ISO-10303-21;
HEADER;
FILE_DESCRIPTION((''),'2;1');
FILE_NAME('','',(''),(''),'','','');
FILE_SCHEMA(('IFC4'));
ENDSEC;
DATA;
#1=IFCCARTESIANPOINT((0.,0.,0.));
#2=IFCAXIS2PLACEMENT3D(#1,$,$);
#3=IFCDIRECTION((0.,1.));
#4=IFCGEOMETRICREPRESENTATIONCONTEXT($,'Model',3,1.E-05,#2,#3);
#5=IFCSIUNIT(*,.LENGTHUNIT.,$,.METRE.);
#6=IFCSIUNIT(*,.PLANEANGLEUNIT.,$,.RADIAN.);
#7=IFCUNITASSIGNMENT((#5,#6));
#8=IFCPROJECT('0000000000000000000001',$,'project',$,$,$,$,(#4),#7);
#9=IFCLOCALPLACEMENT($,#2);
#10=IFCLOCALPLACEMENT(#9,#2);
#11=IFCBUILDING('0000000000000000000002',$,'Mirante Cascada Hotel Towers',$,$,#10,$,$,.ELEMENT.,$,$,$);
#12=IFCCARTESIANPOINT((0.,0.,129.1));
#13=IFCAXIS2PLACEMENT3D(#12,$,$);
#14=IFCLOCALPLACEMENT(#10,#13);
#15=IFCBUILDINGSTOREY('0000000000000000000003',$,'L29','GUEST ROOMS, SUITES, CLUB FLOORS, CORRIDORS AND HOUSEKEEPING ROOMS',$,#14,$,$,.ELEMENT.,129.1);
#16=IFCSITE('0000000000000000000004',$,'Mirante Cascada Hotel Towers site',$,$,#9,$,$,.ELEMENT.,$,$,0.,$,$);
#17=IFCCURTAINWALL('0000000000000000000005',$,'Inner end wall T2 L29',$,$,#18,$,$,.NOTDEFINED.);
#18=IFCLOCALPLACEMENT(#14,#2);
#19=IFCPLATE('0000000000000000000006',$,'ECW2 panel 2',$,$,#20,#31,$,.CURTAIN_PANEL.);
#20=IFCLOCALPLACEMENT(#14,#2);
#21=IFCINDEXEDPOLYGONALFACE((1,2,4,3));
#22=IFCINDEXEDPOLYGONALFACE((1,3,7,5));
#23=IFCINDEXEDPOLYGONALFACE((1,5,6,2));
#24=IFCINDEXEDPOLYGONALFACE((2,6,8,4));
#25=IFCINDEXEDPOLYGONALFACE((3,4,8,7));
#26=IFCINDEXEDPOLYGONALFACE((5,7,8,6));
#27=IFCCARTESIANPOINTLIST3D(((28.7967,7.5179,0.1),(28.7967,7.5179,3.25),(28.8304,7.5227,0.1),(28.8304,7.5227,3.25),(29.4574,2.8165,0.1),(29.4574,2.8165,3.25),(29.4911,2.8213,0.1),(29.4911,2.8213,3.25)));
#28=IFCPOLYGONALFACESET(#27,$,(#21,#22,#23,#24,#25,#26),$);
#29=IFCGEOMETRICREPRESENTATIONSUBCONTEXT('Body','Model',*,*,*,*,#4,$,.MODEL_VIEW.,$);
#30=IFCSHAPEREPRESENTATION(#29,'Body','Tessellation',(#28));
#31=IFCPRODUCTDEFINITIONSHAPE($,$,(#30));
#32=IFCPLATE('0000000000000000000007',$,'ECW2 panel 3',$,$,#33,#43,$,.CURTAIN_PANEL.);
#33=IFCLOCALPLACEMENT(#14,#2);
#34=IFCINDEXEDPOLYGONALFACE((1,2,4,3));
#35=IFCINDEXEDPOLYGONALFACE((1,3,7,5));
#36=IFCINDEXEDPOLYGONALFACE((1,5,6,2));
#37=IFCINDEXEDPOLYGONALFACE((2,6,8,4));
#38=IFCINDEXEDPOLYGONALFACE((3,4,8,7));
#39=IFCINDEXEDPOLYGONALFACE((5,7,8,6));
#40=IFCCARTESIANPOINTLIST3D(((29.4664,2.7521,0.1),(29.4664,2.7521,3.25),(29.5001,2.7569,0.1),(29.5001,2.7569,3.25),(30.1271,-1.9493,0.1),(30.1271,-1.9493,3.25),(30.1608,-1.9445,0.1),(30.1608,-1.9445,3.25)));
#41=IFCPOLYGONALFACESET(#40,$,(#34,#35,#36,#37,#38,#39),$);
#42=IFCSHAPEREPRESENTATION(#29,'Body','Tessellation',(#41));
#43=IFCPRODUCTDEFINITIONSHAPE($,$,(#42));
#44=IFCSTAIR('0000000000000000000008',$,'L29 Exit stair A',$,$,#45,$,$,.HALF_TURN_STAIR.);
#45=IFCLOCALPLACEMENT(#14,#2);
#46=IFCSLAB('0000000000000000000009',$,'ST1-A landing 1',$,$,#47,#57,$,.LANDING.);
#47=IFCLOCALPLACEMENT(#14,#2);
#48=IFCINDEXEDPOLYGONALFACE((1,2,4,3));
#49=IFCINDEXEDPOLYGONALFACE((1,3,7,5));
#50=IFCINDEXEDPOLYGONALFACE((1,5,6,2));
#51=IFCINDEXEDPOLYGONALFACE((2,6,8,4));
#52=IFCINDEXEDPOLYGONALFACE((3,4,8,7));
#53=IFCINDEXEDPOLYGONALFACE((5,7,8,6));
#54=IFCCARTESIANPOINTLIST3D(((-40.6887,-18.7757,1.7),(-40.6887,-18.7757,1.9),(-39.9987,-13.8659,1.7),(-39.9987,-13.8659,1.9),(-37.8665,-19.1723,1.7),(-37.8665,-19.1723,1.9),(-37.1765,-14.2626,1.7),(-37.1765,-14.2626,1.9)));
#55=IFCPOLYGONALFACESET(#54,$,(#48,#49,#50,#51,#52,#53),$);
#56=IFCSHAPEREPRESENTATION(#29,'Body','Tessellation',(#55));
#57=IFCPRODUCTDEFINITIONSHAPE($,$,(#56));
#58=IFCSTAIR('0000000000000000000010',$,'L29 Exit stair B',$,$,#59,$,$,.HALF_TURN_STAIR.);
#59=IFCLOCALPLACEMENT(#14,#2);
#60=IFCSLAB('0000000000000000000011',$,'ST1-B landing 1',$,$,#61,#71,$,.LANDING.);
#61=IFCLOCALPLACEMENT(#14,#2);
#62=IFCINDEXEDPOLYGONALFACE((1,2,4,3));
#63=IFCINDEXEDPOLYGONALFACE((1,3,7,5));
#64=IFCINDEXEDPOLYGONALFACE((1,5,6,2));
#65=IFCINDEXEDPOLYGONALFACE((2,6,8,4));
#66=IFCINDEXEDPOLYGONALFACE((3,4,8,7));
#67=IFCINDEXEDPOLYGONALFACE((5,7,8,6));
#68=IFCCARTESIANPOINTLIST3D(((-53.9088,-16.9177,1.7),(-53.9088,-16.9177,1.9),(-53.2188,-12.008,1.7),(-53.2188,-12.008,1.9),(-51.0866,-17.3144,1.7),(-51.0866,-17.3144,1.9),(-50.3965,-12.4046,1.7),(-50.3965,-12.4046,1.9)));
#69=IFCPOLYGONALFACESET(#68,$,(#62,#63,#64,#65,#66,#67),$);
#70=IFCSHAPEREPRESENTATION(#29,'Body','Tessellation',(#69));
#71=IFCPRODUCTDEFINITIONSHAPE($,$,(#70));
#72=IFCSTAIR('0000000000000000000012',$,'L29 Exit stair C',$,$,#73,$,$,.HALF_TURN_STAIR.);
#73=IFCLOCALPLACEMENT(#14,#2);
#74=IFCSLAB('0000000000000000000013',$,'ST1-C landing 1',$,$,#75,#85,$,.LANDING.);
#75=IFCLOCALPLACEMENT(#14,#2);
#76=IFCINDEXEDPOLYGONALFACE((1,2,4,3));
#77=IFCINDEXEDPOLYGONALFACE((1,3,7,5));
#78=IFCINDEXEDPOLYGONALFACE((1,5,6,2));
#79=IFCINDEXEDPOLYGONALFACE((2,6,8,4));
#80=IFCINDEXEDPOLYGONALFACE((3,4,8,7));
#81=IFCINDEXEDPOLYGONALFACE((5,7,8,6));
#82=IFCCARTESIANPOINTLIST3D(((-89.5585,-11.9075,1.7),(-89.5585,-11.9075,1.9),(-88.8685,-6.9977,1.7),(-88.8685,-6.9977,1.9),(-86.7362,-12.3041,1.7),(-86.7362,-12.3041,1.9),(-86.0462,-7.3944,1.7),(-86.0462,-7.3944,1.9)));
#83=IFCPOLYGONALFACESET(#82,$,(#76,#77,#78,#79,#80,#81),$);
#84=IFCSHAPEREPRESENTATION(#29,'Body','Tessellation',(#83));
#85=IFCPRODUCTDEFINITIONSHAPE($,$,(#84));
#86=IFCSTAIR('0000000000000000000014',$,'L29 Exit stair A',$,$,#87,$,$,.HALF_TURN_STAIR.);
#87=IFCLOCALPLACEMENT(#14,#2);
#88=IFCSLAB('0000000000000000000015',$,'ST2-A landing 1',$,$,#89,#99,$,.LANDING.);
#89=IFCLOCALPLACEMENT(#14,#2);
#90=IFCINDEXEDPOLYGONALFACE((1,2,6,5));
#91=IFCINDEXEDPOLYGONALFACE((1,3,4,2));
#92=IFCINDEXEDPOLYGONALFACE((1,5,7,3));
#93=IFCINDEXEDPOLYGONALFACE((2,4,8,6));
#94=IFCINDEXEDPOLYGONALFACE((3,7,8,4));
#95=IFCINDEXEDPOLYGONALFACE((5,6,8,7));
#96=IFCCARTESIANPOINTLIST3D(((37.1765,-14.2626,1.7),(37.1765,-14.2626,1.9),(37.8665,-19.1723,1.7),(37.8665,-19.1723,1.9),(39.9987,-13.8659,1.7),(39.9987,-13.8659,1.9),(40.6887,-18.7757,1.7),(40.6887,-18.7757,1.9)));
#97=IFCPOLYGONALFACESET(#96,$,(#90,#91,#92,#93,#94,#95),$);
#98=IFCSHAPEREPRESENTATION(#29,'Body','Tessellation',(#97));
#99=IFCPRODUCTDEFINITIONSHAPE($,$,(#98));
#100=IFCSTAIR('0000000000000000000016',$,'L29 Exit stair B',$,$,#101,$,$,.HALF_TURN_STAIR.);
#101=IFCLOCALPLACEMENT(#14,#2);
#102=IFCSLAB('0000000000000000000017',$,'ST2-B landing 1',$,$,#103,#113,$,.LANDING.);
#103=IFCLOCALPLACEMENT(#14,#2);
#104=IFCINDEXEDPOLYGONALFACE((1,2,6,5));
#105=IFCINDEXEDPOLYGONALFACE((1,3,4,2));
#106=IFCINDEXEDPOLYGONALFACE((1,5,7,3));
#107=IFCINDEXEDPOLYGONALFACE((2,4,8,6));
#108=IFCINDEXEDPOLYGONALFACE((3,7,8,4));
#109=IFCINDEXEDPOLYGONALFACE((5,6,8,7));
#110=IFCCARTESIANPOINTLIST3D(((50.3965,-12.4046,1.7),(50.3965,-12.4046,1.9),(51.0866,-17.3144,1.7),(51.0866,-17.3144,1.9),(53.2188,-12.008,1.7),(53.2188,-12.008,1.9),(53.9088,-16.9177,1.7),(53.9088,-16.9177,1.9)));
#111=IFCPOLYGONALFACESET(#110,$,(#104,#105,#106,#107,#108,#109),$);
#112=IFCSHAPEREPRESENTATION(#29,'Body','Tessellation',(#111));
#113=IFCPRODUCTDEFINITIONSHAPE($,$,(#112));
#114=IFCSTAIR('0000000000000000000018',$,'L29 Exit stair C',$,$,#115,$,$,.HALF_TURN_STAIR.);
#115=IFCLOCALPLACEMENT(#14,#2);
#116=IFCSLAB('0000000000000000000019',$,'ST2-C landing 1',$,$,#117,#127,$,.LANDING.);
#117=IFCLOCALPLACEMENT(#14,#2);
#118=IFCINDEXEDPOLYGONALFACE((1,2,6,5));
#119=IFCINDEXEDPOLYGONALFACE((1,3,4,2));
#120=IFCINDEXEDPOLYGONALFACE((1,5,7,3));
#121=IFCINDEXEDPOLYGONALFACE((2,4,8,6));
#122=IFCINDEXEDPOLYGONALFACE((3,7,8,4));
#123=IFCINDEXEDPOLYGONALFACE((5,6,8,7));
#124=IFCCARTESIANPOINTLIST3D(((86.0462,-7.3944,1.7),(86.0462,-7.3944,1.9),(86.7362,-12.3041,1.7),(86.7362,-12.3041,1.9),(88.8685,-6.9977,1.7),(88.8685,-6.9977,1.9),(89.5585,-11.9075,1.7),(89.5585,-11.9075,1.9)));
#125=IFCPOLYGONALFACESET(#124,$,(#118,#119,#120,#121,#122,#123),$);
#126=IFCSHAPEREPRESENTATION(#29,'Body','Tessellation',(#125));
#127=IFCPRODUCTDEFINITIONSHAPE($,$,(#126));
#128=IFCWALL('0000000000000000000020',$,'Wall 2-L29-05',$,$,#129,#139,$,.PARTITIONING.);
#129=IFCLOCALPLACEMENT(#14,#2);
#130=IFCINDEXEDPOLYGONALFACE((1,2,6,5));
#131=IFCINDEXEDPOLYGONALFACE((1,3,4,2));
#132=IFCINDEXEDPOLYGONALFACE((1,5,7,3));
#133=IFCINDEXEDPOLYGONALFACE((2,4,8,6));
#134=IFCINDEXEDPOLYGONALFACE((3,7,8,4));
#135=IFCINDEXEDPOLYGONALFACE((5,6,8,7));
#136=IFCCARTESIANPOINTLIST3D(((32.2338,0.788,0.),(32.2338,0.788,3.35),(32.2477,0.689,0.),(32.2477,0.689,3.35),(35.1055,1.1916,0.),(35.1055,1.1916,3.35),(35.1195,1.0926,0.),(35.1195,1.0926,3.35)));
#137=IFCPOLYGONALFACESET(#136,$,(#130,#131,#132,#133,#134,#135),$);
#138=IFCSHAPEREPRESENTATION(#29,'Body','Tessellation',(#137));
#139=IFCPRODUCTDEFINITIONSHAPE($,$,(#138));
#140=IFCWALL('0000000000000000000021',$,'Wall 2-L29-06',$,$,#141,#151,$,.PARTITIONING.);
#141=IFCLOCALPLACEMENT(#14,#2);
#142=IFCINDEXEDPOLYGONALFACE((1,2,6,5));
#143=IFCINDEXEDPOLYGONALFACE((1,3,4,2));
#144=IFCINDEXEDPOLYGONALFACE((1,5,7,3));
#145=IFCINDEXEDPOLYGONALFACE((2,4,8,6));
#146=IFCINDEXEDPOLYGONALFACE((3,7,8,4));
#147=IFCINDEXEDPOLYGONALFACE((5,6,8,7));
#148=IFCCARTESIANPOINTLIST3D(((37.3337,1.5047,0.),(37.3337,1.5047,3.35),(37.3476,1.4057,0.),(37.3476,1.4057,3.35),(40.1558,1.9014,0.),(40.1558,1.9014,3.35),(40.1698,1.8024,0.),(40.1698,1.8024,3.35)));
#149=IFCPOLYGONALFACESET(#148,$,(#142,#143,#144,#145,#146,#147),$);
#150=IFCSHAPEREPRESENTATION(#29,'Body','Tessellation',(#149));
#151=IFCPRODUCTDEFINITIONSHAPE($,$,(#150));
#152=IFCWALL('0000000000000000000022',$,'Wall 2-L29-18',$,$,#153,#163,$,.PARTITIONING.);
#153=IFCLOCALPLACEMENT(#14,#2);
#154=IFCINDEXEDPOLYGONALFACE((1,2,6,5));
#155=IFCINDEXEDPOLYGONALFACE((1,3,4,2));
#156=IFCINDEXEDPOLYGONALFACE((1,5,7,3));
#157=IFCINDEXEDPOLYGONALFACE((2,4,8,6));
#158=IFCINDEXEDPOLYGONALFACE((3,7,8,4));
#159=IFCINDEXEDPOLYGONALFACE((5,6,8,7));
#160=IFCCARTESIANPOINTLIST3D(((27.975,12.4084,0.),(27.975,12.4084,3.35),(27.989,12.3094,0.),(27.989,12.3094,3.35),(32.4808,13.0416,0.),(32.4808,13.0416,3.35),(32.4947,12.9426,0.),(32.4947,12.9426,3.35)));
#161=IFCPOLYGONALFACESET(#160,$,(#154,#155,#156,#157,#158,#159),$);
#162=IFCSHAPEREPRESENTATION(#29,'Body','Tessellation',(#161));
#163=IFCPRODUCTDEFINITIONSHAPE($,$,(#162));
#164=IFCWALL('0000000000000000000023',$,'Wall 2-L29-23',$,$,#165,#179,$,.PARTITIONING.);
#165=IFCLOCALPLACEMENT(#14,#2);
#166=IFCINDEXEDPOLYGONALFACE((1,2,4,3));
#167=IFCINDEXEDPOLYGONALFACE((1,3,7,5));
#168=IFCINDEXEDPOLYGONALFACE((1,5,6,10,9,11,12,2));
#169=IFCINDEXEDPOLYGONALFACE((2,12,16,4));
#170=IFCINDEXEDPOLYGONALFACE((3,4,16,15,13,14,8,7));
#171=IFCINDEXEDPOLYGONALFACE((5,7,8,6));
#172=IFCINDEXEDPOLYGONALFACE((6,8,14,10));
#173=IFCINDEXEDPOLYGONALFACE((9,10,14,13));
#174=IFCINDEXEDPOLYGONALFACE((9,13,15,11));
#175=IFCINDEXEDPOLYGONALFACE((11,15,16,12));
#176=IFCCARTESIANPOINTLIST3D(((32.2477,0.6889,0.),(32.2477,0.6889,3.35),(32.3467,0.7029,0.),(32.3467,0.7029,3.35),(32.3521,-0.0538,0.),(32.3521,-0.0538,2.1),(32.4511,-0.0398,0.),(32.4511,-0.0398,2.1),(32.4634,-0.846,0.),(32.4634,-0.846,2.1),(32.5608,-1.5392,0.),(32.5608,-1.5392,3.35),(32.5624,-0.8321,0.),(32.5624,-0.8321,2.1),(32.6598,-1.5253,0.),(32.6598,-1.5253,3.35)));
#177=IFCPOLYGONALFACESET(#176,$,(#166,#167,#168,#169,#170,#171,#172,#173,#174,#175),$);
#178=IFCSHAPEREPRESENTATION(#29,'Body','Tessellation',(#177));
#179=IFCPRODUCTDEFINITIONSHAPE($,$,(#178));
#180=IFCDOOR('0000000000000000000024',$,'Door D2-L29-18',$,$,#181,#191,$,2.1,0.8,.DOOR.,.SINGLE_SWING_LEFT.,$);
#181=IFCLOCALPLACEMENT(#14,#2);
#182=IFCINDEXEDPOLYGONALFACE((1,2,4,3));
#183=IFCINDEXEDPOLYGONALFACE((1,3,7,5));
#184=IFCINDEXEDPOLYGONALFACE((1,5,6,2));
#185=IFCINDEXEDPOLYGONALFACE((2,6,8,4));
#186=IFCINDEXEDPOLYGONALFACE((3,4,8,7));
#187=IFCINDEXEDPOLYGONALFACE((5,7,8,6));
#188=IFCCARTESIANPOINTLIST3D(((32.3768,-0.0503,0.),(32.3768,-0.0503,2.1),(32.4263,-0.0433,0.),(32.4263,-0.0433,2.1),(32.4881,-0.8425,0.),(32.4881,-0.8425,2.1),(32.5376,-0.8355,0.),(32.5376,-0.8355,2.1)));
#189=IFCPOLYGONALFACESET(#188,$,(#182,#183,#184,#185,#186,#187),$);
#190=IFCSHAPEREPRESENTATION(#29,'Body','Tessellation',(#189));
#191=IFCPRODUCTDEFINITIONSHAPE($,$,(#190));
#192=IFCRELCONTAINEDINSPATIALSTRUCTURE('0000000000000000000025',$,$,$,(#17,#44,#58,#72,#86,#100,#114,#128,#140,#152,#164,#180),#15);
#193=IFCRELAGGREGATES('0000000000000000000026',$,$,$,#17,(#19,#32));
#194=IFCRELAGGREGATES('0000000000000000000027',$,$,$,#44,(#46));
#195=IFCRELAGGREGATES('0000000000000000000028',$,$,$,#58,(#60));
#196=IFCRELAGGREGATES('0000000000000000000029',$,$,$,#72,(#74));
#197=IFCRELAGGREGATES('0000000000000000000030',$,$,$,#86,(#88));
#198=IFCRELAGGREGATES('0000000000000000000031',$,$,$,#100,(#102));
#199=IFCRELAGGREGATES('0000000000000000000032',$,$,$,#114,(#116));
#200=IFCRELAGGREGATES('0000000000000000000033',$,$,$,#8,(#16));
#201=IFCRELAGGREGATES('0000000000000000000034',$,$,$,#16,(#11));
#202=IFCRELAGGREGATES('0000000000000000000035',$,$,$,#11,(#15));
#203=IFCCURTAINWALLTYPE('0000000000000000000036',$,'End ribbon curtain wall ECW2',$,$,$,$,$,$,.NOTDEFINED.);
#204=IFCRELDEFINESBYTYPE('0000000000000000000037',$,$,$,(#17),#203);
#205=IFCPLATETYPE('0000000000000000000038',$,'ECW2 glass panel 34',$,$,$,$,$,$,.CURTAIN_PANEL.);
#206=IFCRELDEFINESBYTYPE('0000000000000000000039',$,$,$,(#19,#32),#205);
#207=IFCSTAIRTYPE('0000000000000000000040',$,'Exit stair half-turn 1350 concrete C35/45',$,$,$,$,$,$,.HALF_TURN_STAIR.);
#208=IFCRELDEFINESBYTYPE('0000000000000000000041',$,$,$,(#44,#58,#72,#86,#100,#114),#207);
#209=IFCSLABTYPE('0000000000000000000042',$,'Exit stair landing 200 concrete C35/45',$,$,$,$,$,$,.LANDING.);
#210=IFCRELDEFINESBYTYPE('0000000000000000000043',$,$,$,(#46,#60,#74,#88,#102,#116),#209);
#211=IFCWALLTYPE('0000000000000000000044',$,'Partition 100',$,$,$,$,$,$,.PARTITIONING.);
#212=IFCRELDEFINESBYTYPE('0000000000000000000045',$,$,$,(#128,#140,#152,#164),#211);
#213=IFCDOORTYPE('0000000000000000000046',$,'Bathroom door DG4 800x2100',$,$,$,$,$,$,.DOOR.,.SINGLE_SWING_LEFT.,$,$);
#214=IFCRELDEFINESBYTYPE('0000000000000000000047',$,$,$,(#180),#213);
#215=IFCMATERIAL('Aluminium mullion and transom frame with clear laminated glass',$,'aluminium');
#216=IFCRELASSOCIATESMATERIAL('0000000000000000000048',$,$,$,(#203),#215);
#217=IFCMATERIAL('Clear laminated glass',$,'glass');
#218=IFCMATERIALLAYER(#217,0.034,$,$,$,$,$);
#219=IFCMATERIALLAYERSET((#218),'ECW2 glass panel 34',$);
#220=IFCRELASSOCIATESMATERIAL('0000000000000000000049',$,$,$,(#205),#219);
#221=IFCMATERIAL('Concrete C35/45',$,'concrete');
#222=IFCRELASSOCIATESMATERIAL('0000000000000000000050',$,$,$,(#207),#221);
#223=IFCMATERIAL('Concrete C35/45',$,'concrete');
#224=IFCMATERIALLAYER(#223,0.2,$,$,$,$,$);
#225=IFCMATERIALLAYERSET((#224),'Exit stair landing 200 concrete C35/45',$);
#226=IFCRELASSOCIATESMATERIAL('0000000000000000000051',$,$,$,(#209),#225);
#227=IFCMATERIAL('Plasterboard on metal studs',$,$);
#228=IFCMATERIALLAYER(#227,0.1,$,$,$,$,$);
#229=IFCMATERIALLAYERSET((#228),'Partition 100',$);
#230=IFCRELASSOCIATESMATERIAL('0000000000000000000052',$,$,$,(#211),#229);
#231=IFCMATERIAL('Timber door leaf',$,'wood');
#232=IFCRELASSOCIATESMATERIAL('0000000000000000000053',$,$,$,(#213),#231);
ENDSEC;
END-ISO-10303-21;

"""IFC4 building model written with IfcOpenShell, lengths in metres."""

from ifc_helpers import new_model, si_unit, direction, frame, frame_2d, origin, origin_2d, place, context, subcontext, project, spatial, polyline, rectangle, outline, extrude, material, layer, layer_set, type_object, element, fill, aggregate, save


model = new_model("IFC4")

# Units and contexts
model_context = context("Model", 3, precision=1e-05, world=origin(), true_north=direction((0.0, 1.0)))
body_context = subcontext(model_context, "Body", "Model", "MODEL_VIEW")
ifc_project = project(units=[si_unit("LENGTHUNIT", "METRE"), si_unit("PLANEANGLEUNIT", "RADIAN")], contexts=[model_context])

# Site, building, storey
site_placement = place(None, origin())
site = spatial("IfcSite", under=ifc_project, at=site_placement, Name="Mirante Cascada Hotel Towers site", CompositionType="ELEMENT", RefElevation=0.0)
building_placement = place(site_placement, origin())
building = spatial("IfcBuilding", under=site, at=building_placement, Name="Mirante Cascada Hotel Towers", CompositionType="ELEMENT")
storey_placement = place(building_placement, frame((0.0, 0.0, 129.1)))
storey = spatial("IfcBuildingStorey", under=building, at=storey_placement, Name="L29", Description="GUEST ROOMS, SUITES, CLUB FLOORS, CORRIDORS AND HOUSEKEEPING ROOMS", CompositionType="ELEMENT", Elevation=129.1)

# Curtain wall
ifc_material_1 = material(Name="Aluminium mullion and transom frame with clear laminated glass", Category="aluminium")
curtain_wall_type_1 = type_object("IfcCurtainWallType", Name="End ribbon curtain wall ECW2", PredefinedType="NOTDEFINED", material=ifc_material_1)
curtain_wall_1_placement = place(storey_placement, origin())
curtain_wall_1 = element("IfcCurtainWall", 1, at=curtain_wall_1_placement, inside=storey, type_object=curtain_wall_type_1, Name="Inner end wall T2 L29", PredefinedType="NOTDEFINED")

# Plates
ifc_material_2 = material(Name="Clear laminated glass", Category="glass")
ifc_layer_1 = layer(ifc_material_2, 0.034)
ifc_layer_set_1 = layer_set([ifc_layer_1], Name="ECW2 glass panel 34")
plate_type_1 = type_object("IfcPlateType", Name="ECW2 glass panel 34", PredefinedType="CURTAIN_PANEL", material=ifc_layer_set_1)
plate_1_placement = place(storey_placement, frame((29.1439, 5.1696, 0.1), z_axis=(0.0, 0.0, 1.0), x_axis=(0.139173, -0.990268, 0.0)))
plate_1 = element("IfcPlate", 2, at=plate_1_placement, type_object=plate_type_1, Name="ECW2 panel 2", PredefinedType="CURTAIN_PANEL", context=body_context, shape_type="SweptSolid", body=[
    extrude(rectangle(XDim=4.7476, YDim=0.034, at=origin_2d()), origin(), (0.0, 0.0, 1.0), 3.15),
])
plate_2_placement = place(storey_placement, frame((29.8136, 0.4038, 0.1), z_axis=(0.0, 0.0, 1.0), x_axis=(0.139173, -0.990268, 0.0)))
plate_2 = element("IfcPlate", 3, at=plate_2_placement, type_object=plate_type_1, Name="ECW2 panel 3", PredefinedType="CURTAIN_PANEL", context=body_context, shape_type="SweptSolid", body=[
    extrude(rectangle(XDim=4.7476, YDim=0.034, at=origin_2d()), origin(), (0.0, 0.0, 1.0), 3.15),
])
aggregate(curtain_wall_1, [plate_1, plate_2])

# Stairs, slabs
ifc_material_3 = material(Name="Concrete C35/45", Category="concrete")
stair_type = type_object("IfcStairType", Name="Exit stair half-turn 1350 concrete C35/45", PredefinedType="HALF_TURN_STAIR", material=ifc_material_3)
stair_1_placement = place(storey_placement, origin())
stair_1 = element("IfcStair", 4, at=stair_1_placement, inside=storey, type_object=stair_type, Name="L29 Exit stair A", PredefinedType="HALF_TURN_STAIR")
ifc_material_4 = material(Name="Concrete C35/45", Category="concrete")
ifc_layer_2 = layer(ifc_material_4, 0.2)
ifc_layer_set_2 = layer_set([ifc_layer_2], Name="Exit stair landing 200 concrete C35/45")
slab_type = type_object("IfcSlabType", Name="Exit stair landing 200 concrete C35/45", PredefinedType="LANDING", material=ifc_layer_set_2)
slab_1_placement = place(storey_placement, frame((0.0, 0.0, 1.7)))
slab_1 = element("IfcSlab", 5, at=slab_1_placement, type_object=slab_type, Name="ST1-A landing 1", PredefinedType="LANDING", context=body_context, shape_type="SweptSolid", body=[
    extrude(outline(polyline([(-39.9987, -13.8659), (-40.6887, -18.7757), (-37.8665, -19.1723), (-37.1765, -14.2626), (-39.9987, -13.8659)])), origin(), (0.0, 0.0, 1.0), 0.2),
])
aggregate(stair_1, [slab_1])
stair_2_placement = place(storey_placement, origin())
stair_2 = element("IfcStair", 6, at=stair_2_placement, inside=storey, type_object=stair_type, Name="L29 Exit stair B", PredefinedType="HALF_TURN_STAIR")
slab_2_placement = place(storey_placement, frame((0.0, 0.0, 1.7)))
slab_2 = element("IfcSlab", 7, at=slab_2_placement, type_object=slab_type, Name="ST1-B landing 1", PredefinedType="LANDING", context=body_context, shape_type="SweptSolid", body=[
    extrude(outline(polyline([(-53.2188, -12.008), (-53.9088, -16.9177), (-51.0866, -17.3144), (-50.3965, -12.4046), (-53.2188, -12.008)])), origin(), (0.0, 0.0, 1.0), 0.2),
])
aggregate(stair_2, [slab_2])
stair_3_placement = place(storey_placement, origin())
stair_3 = element("IfcStair", 8, at=stair_3_placement, inside=storey, type_object=stair_type, Name="L29 Exit stair C", PredefinedType="HALF_TURN_STAIR")
slab_3_placement = place(storey_placement, frame((0.0, 0.0, 1.7)))
slab_3 = element("IfcSlab", 9, at=slab_3_placement, type_object=slab_type, Name="ST1-C landing 1", PredefinedType="LANDING", context=body_context, shape_type="SweptSolid", body=[
    extrude(outline(polyline([(-88.8685, -6.9977), (-89.5585, -11.9075), (-86.7362, -12.3041), (-86.0462, -7.3944), (-88.8685, -6.9977)])), origin(), (0.0, 0.0, 1.0), 0.2),
])
aggregate(stair_3, [slab_3])
stair_4_placement = place(storey_placement, origin())
stair_4 = element("IfcStair", 10, at=stair_4_placement, inside=storey, type_object=stair_type, Name="L29 Exit stair A", PredefinedType="HALF_TURN_STAIR")
slab_4_placement = place(storey_placement, frame((0.0, 0.0, 1.7)))
slab_4 = element("IfcSlab", 11, at=slab_4_placement, type_object=slab_type, Name="ST2-A landing 1", PredefinedType="LANDING", context=body_context, shape_type="SweptSolid", body=[
    extrude(outline(polyline([(37.1765, -14.2626), (37.8665, -19.1723), (40.6887, -18.7757), (39.9987, -13.8659), (37.1765, -14.2626)])), origin(), (0.0, 0.0, 1.0), 0.2),
])
aggregate(stair_4, [slab_4])
stair_5_placement = place(storey_placement, origin())
stair_5 = element("IfcStair", 12, at=stair_5_placement, inside=storey, type_object=stair_type, Name="L29 Exit stair B", PredefinedType="HALF_TURN_STAIR")
slab_5_placement = place(storey_placement, frame((0.0, 0.0, 1.7)))
slab_5 = element("IfcSlab", 13, at=slab_5_placement, type_object=slab_type, Name="ST2-B landing 1", PredefinedType="LANDING", context=body_context, shape_type="SweptSolid", body=[
    extrude(outline(polyline([(50.3965, -12.4046), (51.0866, -17.3144), (53.9088, -16.9177), (53.2188, -12.008), (50.3965, -12.4046)])), origin(), (0.0, 0.0, 1.0), 0.2),
])
aggregate(stair_5, [slab_5])
stair_6_placement = place(storey_placement, origin())
stair_6 = element("IfcStair", 14, at=stair_6_placement, inside=storey, type_object=stair_type, Name="L29 Exit stair C", PredefinedType="HALF_TURN_STAIR")
slab_6_placement = place(storey_placement, frame((0.0, 0.0, 1.7)))
slab_6 = element("IfcSlab", 15, at=slab_6_placement, type_object=slab_type, Name="ST2-C landing 1", PredefinedType="LANDING", context=body_context, shape_type="SweptSolid", body=[
    extrude(outline(polyline([(86.0462, -7.3944), (86.7362, -12.3041), (89.5585, -11.9075), (88.8685, -6.9977), (86.0462, -7.3944)])), origin(), (0.0, 0.0, 1.0), 0.2),
])
aggregate(stair_6, [slab_6])

# Walls
ifc_material_5 = material(Name="Plasterboard on metal studs")
ifc_layer_3 = layer(ifc_material_5, 0.1)
ifc_layer_set_3 = layer_set([ifc_layer_3], Name="Partition 100")
wall_type_1 = type_object("IfcWallType", Name="Partition 100", PredefinedType="PARTITIONING", material=ifc_layer_set_3)
wall_1_placement = place(storey_placement, frame((35.1125, 1.1421, 0.0), z_axis=(0.0, 0.0, 1.0), x_axis=(-0.990268, -0.139171, 0.0)))
element("IfcWall", 16, at=wall_1_placement, inside=storey, type_object=wall_type_1, Name="Wall 2-L29-05", PredefinedType="PARTITIONING", context=body_context, shape_type="SweptSolid", body=[
    extrude(rectangle(XDim=2.9, YDim=0.1, at=frame_2d((1.45, 0.0))), origin(), (0.0, 0.0, 1.0), 3.35),
])
wall_2_placement = place(storey_placement, frame((37.3406, 1.4552, 0.0), z_axis=(0.0, 0.0, 1.0), x_axis=(0.990265, 0.139196, 0.0)))
element("IfcWall", 17, at=wall_2_placement, inside=storey, type_object=wall_type_1, Name="Wall 2-L29-06", PredefinedType="PARTITIONING", context=body_context, shape_type="SweptSolid", body=[
    extrude(rectangle(XDim=2.8499, YDim=0.1, at=frame_2d((1.425, 0.0))), origin(), (0.0, 0.0, 1.0), 3.35),
])
wall_3_placement = place(storey_placement, frame((27.982, 12.3589, 0.0), z_axis=(0.0, 0.0, 1.0), x_axis=(0.990269, 0.139166, 0.0)))
element("IfcWall", 18, at=wall_3_placement, inside=storey, type_object=wall_type_1, Name="Wall 2-L29-18", PredefinedType="PARTITIONING", context=body_context, shape_type="SweptSolid", body=[
    extrude(rectangle(XDim=4.55, YDim=0.1, at=frame_2d((2.275, 0.0))), origin(), (0.0, 0.0, 1.0), 3.35),
])

# Wall, opening, door
wall_4_placement = place(storey_placement, frame((32.2972, 0.6959, 0.0), z_axis=(0.0, 0.0, 1.0), x_axis=(0.139156, -0.990271, 0.0)))
wall_4 = element("IfcWall", 19, at=wall_4_placement, inside=storey, type_object=wall_type_1, Name="Wall 2-L29-23", PredefinedType="PARTITIONING", context=body_context, shape_type="SweptSolid", body=[
    extrude(rectangle(XDim=2.25, YDim=0.1, at=frame_2d((1.125, 0.0))), origin(), (0.0, 0.0, 1.0), 3.35),
])
opening_1_placement = place(wall_4_placement, frame((0.75, 0.0, 0.0)))
opening_1 = element("IfcOpeningElement", 20, at=opening_1_placement, cuts=wall_4, PredefinedType="OPENING", context=body_context, shape_type="SweptSolid", body=[
    extrude(rectangle(XDim=0.8, YDim=2.1, at=frame_2d((0.4, 1.05))), frame((0.0, 0.05, 0.0), z_axis=(0.0, -1.0, 0.0), x_axis=(1.0, 0.0, 0.0)), (0.0, 0.0, 1.0), 0.1),
])
ifc_material_6 = material(Name="Timber door leaf", Category="wood")
door_type_1 = type_object("IfcDoorType", Name="Bathroom door DG4 800x2100", OperationType="SINGLE_SWING_LEFT", PredefinedType="DOOR", material=ifc_material_6)
door_1_placement = place(opening_1_placement, origin())
door_1 = element("IfcDoor", 21, at=door_1_placement, inside=storey, type_object=door_type_1, Name="Door D2-L29-18", OperationType="SINGLE_SWING_LEFT", OverallHeight=2.1, OverallWidth=0.8, PredefinedType="DOOR", context=body_context, shape_type="SweptSolid", body=[
    extrude(rectangle(XDim=0.8, YDim=2.1, at=frame_2d((0.4, 1.05))), frame((0.0, 0.025, 0.0), z_axis=(0.0, -1.0, 0.0), x_axis=(1.0, 0.0, 0.0)), (0.0, 0.0, 1.0), 0.05),
])
fill(opening_1, door_1)

save(model, "model.ifc")
